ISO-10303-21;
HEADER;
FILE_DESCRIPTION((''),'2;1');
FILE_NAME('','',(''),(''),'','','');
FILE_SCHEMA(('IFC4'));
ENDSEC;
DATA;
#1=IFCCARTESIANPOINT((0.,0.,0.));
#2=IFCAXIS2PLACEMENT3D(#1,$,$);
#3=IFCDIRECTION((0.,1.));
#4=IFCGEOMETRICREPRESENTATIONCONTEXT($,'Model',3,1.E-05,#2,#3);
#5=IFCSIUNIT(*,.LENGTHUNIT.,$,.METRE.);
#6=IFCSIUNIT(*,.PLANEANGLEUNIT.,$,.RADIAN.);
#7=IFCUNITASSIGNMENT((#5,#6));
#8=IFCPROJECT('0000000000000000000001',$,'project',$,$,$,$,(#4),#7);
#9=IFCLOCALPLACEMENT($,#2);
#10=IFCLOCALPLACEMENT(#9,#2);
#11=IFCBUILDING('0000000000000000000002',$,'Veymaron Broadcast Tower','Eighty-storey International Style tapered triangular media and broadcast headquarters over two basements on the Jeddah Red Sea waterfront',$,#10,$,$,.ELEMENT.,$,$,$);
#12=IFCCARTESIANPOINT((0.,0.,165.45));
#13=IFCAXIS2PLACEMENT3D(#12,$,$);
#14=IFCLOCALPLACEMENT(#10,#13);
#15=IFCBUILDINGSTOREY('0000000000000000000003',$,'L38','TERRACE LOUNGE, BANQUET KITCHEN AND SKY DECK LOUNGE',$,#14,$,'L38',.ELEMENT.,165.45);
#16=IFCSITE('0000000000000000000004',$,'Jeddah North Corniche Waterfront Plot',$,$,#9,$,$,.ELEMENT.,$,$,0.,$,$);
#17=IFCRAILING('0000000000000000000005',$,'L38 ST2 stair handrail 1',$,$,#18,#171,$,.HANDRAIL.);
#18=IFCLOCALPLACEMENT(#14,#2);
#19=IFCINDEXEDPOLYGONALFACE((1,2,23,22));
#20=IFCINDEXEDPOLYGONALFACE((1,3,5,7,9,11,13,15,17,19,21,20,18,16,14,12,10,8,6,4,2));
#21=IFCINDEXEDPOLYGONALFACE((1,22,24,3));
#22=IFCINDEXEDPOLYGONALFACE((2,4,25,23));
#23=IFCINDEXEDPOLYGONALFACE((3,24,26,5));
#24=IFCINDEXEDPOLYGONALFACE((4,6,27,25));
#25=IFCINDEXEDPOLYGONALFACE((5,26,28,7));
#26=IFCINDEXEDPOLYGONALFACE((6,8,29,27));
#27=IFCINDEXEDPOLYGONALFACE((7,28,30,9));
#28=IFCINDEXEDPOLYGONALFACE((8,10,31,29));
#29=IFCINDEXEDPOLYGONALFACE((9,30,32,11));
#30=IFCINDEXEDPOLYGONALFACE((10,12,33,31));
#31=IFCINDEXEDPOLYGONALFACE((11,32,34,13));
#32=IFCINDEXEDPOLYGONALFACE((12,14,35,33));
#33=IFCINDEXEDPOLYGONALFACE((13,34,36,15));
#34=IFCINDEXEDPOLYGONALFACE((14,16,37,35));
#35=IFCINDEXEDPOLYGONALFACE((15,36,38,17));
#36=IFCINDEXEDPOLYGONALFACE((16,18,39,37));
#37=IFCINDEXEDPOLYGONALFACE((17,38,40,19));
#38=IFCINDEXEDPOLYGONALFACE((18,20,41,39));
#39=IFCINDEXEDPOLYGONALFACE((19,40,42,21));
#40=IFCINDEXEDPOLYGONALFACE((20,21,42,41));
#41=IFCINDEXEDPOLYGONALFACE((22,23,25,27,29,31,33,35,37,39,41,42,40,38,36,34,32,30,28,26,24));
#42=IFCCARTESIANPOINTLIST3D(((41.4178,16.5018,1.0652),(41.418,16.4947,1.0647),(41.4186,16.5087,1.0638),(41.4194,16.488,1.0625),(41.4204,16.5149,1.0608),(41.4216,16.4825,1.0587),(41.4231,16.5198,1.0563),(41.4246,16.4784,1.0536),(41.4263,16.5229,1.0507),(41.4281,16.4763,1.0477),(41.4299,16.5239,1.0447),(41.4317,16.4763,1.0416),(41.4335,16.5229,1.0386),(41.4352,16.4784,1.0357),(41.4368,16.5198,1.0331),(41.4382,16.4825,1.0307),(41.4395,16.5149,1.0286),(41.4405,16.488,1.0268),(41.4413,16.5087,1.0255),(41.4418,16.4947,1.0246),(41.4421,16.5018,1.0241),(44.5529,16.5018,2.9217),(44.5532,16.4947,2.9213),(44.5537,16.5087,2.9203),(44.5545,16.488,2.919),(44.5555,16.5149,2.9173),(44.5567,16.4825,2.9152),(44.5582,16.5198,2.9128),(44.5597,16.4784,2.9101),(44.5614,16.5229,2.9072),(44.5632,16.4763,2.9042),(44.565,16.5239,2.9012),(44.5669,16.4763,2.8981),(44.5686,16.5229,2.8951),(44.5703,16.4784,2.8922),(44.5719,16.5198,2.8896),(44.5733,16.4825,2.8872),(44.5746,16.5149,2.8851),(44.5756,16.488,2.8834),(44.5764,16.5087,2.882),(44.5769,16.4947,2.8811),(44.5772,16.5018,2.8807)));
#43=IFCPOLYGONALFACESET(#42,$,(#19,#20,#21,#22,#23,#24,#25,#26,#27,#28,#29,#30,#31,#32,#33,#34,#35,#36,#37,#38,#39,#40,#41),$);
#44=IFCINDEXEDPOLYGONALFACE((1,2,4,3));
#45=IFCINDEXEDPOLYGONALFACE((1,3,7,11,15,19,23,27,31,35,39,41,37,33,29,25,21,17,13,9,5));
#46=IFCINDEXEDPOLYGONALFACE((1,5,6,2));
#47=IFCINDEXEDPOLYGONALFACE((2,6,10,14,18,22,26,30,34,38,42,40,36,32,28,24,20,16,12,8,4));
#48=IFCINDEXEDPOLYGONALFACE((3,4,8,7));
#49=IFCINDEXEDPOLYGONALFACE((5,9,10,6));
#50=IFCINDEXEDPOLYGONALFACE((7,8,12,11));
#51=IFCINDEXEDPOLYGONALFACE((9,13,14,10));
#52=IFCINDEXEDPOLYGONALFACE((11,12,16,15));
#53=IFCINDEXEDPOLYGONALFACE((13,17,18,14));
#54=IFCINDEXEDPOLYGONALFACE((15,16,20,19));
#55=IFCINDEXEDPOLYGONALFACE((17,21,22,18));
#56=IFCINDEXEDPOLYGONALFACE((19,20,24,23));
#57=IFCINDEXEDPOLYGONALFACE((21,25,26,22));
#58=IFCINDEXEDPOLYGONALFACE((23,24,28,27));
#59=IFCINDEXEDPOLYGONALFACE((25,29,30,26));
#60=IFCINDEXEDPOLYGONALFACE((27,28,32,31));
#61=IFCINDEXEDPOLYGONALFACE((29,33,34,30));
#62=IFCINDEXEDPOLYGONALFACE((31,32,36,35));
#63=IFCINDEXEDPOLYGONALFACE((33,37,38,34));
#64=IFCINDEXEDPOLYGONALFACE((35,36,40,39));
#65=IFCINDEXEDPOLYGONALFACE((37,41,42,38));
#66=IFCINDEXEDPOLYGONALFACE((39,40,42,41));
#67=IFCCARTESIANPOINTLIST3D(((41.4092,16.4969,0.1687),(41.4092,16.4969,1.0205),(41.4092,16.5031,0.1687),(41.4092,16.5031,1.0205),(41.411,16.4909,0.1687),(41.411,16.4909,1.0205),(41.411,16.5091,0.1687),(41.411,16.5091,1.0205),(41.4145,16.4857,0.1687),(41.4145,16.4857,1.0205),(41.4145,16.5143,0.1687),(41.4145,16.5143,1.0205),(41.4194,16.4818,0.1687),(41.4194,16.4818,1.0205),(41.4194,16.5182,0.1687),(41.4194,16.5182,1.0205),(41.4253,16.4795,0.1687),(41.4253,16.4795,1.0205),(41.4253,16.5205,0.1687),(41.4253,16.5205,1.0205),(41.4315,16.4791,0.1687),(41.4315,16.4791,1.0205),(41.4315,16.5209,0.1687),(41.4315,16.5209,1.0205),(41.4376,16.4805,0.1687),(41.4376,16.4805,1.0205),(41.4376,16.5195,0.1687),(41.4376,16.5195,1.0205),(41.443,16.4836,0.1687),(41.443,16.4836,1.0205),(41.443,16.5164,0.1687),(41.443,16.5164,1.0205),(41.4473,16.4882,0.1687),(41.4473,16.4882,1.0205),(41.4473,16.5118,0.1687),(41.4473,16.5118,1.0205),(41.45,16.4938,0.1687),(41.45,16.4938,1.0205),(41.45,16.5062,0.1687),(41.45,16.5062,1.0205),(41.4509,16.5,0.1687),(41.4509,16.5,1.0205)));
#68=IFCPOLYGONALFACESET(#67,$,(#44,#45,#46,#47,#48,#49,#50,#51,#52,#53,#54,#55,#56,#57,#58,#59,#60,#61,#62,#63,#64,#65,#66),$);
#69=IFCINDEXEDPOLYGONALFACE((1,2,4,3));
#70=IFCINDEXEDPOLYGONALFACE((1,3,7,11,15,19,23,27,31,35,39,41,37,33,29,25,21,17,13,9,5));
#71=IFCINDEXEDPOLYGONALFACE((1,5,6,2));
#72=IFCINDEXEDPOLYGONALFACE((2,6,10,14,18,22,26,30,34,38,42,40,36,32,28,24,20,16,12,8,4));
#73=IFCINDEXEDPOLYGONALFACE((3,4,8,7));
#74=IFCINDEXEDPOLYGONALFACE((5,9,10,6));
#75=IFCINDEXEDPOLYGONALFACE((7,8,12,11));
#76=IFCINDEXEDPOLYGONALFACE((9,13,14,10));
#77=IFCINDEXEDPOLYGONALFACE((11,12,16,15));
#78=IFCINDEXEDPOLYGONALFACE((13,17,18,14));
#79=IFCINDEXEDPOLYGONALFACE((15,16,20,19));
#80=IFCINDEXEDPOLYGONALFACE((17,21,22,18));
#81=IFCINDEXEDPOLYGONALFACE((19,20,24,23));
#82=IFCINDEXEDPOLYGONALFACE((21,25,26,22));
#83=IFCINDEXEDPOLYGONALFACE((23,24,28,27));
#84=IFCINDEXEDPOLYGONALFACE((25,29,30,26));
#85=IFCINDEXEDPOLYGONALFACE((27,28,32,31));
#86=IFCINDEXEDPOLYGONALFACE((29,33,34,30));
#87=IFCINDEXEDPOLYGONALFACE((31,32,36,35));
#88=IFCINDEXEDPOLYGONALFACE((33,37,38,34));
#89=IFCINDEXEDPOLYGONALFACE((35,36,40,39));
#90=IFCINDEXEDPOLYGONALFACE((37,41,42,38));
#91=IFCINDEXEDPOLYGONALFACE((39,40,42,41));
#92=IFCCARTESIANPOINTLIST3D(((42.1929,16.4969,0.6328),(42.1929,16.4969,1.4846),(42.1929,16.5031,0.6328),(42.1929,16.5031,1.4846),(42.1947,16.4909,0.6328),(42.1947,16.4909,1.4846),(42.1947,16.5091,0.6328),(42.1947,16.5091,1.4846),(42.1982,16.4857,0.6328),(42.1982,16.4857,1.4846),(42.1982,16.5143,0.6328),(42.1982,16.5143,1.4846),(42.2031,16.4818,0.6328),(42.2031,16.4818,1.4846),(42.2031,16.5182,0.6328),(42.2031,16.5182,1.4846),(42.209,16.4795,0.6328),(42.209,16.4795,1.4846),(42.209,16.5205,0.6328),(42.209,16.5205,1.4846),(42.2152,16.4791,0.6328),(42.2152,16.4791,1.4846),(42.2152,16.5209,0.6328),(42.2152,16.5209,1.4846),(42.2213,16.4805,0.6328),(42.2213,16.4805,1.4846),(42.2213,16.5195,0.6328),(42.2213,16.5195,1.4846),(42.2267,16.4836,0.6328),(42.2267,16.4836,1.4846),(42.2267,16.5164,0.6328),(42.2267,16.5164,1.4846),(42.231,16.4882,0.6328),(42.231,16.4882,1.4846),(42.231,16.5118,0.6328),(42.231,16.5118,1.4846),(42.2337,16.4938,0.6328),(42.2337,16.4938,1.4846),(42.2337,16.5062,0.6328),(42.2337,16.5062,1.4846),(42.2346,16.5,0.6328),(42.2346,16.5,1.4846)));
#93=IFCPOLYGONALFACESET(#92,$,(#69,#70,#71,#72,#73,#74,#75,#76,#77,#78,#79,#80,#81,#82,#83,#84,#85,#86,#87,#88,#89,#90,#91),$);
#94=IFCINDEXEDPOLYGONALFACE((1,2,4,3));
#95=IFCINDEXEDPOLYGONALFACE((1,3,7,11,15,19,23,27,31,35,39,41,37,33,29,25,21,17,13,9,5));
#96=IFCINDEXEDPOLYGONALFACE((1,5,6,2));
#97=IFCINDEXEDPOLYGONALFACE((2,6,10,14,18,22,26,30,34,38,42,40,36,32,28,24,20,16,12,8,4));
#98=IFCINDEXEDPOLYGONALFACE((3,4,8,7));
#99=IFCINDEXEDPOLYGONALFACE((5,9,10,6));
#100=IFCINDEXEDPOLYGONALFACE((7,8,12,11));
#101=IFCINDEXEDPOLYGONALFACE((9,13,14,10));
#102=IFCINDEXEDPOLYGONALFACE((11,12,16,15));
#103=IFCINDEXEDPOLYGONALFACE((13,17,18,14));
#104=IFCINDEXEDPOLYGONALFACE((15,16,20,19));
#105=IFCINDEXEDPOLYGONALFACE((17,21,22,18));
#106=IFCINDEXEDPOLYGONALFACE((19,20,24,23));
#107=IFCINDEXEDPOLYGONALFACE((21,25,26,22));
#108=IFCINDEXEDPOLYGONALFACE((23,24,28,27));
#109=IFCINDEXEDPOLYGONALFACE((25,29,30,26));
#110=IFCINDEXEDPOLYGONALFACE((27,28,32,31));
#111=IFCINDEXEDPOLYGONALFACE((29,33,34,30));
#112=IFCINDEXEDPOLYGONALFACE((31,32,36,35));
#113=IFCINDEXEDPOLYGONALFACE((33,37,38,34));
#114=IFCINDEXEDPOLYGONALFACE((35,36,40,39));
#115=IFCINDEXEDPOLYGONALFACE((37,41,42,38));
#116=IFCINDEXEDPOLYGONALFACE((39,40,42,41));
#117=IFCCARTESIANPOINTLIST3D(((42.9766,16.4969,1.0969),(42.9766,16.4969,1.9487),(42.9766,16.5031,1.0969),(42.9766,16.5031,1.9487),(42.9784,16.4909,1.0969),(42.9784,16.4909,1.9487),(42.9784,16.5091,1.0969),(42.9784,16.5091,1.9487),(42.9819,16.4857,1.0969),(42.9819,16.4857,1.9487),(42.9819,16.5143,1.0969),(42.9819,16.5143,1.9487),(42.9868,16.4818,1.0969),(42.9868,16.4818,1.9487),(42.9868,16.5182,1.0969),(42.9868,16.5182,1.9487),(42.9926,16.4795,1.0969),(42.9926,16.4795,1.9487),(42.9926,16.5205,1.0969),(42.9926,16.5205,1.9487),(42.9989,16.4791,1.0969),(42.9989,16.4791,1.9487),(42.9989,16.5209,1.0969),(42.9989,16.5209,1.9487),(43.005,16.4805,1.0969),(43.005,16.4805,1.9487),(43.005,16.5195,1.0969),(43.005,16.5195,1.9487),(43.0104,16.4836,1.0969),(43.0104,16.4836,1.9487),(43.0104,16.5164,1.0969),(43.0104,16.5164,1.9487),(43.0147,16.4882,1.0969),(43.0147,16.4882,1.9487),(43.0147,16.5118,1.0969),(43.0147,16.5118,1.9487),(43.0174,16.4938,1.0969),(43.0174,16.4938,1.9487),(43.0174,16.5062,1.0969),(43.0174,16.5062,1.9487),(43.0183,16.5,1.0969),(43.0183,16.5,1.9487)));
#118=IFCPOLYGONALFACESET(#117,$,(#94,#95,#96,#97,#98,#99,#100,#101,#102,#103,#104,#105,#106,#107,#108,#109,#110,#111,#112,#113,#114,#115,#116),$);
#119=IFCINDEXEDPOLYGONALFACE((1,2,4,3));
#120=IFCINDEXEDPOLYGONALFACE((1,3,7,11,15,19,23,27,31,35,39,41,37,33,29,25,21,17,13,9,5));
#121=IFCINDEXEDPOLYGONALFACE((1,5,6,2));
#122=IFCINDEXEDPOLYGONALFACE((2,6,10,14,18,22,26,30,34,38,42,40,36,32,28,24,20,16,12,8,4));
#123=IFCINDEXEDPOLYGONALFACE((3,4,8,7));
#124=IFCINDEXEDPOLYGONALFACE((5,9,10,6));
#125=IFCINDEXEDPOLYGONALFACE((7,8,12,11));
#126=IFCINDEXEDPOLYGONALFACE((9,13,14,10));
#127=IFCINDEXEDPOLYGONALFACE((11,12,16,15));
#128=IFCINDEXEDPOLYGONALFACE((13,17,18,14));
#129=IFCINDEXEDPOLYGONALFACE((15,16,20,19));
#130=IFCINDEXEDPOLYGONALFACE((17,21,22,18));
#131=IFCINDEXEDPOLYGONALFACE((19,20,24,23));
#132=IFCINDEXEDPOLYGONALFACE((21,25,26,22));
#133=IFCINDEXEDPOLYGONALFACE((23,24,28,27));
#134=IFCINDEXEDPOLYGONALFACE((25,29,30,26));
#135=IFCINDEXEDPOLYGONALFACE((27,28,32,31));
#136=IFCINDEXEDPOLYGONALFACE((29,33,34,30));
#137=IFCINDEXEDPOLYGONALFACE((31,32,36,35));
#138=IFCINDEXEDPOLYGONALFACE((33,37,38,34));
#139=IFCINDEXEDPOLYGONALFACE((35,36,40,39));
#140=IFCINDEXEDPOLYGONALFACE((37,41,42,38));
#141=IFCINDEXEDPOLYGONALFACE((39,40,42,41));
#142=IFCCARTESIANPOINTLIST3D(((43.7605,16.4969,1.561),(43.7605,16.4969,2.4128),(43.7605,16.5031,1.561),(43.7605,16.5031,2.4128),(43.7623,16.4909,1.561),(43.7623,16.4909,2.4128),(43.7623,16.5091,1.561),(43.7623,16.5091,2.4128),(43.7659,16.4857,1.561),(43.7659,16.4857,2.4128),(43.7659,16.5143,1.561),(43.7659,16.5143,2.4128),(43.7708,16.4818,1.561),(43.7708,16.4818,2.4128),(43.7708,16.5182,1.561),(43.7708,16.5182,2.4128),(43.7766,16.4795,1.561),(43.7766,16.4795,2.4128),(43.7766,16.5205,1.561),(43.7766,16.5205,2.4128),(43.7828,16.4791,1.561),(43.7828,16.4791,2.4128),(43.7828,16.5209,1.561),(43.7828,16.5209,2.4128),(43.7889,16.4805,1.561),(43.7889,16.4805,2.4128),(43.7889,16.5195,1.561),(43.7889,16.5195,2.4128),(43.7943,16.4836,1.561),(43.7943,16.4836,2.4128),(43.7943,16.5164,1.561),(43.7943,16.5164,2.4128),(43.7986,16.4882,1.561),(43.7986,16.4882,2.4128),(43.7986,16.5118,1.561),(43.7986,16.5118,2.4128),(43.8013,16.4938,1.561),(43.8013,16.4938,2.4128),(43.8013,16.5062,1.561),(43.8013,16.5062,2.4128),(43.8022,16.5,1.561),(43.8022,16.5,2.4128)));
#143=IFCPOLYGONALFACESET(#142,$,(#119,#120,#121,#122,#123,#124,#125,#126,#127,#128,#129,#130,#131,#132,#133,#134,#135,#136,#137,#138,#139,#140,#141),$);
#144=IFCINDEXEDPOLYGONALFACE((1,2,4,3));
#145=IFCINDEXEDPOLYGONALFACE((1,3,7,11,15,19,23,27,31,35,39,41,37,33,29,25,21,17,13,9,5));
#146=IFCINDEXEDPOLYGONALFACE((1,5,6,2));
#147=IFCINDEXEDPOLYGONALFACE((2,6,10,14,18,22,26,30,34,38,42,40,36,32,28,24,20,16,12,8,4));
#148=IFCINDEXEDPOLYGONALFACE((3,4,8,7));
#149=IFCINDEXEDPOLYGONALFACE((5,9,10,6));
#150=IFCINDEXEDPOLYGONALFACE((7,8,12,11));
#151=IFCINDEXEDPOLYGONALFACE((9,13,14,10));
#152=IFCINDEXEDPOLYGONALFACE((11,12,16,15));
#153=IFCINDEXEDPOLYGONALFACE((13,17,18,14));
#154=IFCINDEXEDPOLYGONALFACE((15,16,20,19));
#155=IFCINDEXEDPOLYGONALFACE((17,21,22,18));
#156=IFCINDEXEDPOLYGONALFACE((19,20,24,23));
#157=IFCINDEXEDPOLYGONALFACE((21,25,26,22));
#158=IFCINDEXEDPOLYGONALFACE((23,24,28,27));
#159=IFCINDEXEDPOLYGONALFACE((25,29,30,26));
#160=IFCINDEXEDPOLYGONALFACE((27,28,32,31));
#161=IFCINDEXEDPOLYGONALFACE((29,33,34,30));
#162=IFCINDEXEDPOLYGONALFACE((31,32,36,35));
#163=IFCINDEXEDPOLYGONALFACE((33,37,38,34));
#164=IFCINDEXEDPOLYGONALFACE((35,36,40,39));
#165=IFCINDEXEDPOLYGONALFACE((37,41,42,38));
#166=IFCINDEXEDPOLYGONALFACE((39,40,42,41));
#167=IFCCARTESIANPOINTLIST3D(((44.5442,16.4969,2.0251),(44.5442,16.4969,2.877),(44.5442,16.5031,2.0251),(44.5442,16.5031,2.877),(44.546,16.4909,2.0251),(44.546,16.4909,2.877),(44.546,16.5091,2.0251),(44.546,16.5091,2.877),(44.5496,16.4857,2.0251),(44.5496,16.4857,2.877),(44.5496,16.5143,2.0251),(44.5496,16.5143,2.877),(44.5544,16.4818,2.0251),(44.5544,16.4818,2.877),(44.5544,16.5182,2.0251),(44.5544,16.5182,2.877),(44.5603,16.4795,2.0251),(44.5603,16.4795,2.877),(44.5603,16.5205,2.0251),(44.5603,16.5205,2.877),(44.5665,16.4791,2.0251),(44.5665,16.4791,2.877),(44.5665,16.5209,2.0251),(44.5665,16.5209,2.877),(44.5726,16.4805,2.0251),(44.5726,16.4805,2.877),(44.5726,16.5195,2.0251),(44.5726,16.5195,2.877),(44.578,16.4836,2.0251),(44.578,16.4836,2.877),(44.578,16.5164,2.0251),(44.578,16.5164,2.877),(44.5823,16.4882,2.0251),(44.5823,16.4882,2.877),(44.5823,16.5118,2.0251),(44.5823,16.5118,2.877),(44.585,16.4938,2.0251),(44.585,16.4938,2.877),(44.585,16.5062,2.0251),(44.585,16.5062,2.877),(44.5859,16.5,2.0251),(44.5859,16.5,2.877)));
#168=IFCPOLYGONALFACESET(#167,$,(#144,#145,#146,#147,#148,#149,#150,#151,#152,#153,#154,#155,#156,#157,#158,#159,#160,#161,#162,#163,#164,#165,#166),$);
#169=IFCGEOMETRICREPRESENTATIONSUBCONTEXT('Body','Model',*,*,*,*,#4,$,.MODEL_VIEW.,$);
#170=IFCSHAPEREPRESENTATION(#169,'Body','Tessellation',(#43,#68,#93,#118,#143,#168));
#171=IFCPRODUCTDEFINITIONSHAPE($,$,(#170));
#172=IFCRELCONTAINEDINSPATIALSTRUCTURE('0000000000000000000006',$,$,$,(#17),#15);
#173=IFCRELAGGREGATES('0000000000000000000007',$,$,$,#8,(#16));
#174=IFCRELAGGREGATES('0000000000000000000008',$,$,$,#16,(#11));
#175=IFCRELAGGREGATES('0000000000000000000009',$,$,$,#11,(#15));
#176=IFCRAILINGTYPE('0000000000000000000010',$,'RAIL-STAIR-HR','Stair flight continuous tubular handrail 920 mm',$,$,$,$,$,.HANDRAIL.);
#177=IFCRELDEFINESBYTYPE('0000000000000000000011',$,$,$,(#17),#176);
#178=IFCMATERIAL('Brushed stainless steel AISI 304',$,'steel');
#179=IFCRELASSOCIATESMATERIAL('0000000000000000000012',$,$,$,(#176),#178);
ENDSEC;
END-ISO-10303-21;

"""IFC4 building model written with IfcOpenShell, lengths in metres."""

from ifc_helpers import new_model, si_unit, direction, frame, origin, origin_2d, place, context, subcontext, project, spatial, circle, extrude, material, type_object, element, save


model = new_model("IFC4")

# Units and contexts
model_context = context("Model", 3, precision=1e-05, world=origin(), true_north=direction((0.0, 1.0)))
body_context = subcontext(model_context, "Body", "Model", "MODEL_VIEW")
ifc_project = project(units=[si_unit("LENGTHUNIT", "METRE"), si_unit("PLANEANGLEUNIT", "RADIAN")], contexts=[model_context])

# Site, building, storey
site_placement = place(None, origin())
site = spatial("IfcSite", under=ifc_project, at=site_placement, Name="Jeddah North Corniche Waterfront Plot", CompositionType="ELEMENT", RefElevation=0.0)
building_placement = place(site_placement, origin())
building = spatial("IfcBuilding", under=site, at=building_placement, Name="Veymaron Broadcast Tower", Description="Eighty-storey International Style tapered triangular media and broadcast headquarters over two basements on the Jeddah Red Sea waterfront", CompositionType="ELEMENT")
storey_placement = place(building_placement, frame((0.0, 0.0, 165.45)))
storey = spatial("IfcBuildingStorey", under=building, at=storey_placement, Name="L38", Description="TERRACE LOUNGE, BANQUET KITCHEN AND SKY DECK LOUNGE", LongName="L38", CompositionType="ELEMENT", Elevation=165.45)

# Shared definitions
ifc_material_1 = material(Name="Brushed stainless steel AISI 304", Category="steel")

# Railing
railing_type_1 = type_object("IfcRailingType", Name="RAIL-STAIR-HR", Description="Stair flight continuous tubular handrail 920 mm", PredefinedType="HANDRAIL", material=ifc_material_1)
railing_1_placement = place(storey_placement, frame((41.4299, 16.5, 0.1687)))
element("IfcRailing", 1, at=railing_1_placement, inside=storey, type_object=railing_type_1, Name="L38 ST2 stair handrail 1", PredefinedType="HANDRAIL", context=body_context, shape_type="SweptSolid", body=[
    extrude(circle(Radius=0.0239, at=origin_2d()), frame((0.0, 0.0, 0.876), z_axis=(0.860453, 0.0, 0.509531), x_axis=(0.0, 1.0, 0.0)), (0.0, 0.0, 1.0), 3.6436),
    extrude(circle(Radius=0.021, at=origin_2d()), origin(), (0.0, 0.0, 1.0), 0.8518),
    extrude(circle(Radius=0.021, at=origin_2d()), frame((0.7837, 0.0, 0.4641)), (0.0, 0.0, 1.0), 0.8518),
    extrude(circle(Radius=0.021, at=origin_2d()), frame((1.5674, 0.0, 0.9282)), (0.0, 0.0, 1.0), 0.8518),
    extrude(circle(Radius=0.021, at=origin_2d()), frame((2.3513, 0.0, 1.3923)), (0.0, 0.0, 1.0), 0.8518),
    extrude(circle(Radius=0.021, at=origin_2d()), frame((3.135, 0.0, 1.8564)), (0.0, 0.0, 1.0), 0.8518),
])

save(model, "model.ifc")
